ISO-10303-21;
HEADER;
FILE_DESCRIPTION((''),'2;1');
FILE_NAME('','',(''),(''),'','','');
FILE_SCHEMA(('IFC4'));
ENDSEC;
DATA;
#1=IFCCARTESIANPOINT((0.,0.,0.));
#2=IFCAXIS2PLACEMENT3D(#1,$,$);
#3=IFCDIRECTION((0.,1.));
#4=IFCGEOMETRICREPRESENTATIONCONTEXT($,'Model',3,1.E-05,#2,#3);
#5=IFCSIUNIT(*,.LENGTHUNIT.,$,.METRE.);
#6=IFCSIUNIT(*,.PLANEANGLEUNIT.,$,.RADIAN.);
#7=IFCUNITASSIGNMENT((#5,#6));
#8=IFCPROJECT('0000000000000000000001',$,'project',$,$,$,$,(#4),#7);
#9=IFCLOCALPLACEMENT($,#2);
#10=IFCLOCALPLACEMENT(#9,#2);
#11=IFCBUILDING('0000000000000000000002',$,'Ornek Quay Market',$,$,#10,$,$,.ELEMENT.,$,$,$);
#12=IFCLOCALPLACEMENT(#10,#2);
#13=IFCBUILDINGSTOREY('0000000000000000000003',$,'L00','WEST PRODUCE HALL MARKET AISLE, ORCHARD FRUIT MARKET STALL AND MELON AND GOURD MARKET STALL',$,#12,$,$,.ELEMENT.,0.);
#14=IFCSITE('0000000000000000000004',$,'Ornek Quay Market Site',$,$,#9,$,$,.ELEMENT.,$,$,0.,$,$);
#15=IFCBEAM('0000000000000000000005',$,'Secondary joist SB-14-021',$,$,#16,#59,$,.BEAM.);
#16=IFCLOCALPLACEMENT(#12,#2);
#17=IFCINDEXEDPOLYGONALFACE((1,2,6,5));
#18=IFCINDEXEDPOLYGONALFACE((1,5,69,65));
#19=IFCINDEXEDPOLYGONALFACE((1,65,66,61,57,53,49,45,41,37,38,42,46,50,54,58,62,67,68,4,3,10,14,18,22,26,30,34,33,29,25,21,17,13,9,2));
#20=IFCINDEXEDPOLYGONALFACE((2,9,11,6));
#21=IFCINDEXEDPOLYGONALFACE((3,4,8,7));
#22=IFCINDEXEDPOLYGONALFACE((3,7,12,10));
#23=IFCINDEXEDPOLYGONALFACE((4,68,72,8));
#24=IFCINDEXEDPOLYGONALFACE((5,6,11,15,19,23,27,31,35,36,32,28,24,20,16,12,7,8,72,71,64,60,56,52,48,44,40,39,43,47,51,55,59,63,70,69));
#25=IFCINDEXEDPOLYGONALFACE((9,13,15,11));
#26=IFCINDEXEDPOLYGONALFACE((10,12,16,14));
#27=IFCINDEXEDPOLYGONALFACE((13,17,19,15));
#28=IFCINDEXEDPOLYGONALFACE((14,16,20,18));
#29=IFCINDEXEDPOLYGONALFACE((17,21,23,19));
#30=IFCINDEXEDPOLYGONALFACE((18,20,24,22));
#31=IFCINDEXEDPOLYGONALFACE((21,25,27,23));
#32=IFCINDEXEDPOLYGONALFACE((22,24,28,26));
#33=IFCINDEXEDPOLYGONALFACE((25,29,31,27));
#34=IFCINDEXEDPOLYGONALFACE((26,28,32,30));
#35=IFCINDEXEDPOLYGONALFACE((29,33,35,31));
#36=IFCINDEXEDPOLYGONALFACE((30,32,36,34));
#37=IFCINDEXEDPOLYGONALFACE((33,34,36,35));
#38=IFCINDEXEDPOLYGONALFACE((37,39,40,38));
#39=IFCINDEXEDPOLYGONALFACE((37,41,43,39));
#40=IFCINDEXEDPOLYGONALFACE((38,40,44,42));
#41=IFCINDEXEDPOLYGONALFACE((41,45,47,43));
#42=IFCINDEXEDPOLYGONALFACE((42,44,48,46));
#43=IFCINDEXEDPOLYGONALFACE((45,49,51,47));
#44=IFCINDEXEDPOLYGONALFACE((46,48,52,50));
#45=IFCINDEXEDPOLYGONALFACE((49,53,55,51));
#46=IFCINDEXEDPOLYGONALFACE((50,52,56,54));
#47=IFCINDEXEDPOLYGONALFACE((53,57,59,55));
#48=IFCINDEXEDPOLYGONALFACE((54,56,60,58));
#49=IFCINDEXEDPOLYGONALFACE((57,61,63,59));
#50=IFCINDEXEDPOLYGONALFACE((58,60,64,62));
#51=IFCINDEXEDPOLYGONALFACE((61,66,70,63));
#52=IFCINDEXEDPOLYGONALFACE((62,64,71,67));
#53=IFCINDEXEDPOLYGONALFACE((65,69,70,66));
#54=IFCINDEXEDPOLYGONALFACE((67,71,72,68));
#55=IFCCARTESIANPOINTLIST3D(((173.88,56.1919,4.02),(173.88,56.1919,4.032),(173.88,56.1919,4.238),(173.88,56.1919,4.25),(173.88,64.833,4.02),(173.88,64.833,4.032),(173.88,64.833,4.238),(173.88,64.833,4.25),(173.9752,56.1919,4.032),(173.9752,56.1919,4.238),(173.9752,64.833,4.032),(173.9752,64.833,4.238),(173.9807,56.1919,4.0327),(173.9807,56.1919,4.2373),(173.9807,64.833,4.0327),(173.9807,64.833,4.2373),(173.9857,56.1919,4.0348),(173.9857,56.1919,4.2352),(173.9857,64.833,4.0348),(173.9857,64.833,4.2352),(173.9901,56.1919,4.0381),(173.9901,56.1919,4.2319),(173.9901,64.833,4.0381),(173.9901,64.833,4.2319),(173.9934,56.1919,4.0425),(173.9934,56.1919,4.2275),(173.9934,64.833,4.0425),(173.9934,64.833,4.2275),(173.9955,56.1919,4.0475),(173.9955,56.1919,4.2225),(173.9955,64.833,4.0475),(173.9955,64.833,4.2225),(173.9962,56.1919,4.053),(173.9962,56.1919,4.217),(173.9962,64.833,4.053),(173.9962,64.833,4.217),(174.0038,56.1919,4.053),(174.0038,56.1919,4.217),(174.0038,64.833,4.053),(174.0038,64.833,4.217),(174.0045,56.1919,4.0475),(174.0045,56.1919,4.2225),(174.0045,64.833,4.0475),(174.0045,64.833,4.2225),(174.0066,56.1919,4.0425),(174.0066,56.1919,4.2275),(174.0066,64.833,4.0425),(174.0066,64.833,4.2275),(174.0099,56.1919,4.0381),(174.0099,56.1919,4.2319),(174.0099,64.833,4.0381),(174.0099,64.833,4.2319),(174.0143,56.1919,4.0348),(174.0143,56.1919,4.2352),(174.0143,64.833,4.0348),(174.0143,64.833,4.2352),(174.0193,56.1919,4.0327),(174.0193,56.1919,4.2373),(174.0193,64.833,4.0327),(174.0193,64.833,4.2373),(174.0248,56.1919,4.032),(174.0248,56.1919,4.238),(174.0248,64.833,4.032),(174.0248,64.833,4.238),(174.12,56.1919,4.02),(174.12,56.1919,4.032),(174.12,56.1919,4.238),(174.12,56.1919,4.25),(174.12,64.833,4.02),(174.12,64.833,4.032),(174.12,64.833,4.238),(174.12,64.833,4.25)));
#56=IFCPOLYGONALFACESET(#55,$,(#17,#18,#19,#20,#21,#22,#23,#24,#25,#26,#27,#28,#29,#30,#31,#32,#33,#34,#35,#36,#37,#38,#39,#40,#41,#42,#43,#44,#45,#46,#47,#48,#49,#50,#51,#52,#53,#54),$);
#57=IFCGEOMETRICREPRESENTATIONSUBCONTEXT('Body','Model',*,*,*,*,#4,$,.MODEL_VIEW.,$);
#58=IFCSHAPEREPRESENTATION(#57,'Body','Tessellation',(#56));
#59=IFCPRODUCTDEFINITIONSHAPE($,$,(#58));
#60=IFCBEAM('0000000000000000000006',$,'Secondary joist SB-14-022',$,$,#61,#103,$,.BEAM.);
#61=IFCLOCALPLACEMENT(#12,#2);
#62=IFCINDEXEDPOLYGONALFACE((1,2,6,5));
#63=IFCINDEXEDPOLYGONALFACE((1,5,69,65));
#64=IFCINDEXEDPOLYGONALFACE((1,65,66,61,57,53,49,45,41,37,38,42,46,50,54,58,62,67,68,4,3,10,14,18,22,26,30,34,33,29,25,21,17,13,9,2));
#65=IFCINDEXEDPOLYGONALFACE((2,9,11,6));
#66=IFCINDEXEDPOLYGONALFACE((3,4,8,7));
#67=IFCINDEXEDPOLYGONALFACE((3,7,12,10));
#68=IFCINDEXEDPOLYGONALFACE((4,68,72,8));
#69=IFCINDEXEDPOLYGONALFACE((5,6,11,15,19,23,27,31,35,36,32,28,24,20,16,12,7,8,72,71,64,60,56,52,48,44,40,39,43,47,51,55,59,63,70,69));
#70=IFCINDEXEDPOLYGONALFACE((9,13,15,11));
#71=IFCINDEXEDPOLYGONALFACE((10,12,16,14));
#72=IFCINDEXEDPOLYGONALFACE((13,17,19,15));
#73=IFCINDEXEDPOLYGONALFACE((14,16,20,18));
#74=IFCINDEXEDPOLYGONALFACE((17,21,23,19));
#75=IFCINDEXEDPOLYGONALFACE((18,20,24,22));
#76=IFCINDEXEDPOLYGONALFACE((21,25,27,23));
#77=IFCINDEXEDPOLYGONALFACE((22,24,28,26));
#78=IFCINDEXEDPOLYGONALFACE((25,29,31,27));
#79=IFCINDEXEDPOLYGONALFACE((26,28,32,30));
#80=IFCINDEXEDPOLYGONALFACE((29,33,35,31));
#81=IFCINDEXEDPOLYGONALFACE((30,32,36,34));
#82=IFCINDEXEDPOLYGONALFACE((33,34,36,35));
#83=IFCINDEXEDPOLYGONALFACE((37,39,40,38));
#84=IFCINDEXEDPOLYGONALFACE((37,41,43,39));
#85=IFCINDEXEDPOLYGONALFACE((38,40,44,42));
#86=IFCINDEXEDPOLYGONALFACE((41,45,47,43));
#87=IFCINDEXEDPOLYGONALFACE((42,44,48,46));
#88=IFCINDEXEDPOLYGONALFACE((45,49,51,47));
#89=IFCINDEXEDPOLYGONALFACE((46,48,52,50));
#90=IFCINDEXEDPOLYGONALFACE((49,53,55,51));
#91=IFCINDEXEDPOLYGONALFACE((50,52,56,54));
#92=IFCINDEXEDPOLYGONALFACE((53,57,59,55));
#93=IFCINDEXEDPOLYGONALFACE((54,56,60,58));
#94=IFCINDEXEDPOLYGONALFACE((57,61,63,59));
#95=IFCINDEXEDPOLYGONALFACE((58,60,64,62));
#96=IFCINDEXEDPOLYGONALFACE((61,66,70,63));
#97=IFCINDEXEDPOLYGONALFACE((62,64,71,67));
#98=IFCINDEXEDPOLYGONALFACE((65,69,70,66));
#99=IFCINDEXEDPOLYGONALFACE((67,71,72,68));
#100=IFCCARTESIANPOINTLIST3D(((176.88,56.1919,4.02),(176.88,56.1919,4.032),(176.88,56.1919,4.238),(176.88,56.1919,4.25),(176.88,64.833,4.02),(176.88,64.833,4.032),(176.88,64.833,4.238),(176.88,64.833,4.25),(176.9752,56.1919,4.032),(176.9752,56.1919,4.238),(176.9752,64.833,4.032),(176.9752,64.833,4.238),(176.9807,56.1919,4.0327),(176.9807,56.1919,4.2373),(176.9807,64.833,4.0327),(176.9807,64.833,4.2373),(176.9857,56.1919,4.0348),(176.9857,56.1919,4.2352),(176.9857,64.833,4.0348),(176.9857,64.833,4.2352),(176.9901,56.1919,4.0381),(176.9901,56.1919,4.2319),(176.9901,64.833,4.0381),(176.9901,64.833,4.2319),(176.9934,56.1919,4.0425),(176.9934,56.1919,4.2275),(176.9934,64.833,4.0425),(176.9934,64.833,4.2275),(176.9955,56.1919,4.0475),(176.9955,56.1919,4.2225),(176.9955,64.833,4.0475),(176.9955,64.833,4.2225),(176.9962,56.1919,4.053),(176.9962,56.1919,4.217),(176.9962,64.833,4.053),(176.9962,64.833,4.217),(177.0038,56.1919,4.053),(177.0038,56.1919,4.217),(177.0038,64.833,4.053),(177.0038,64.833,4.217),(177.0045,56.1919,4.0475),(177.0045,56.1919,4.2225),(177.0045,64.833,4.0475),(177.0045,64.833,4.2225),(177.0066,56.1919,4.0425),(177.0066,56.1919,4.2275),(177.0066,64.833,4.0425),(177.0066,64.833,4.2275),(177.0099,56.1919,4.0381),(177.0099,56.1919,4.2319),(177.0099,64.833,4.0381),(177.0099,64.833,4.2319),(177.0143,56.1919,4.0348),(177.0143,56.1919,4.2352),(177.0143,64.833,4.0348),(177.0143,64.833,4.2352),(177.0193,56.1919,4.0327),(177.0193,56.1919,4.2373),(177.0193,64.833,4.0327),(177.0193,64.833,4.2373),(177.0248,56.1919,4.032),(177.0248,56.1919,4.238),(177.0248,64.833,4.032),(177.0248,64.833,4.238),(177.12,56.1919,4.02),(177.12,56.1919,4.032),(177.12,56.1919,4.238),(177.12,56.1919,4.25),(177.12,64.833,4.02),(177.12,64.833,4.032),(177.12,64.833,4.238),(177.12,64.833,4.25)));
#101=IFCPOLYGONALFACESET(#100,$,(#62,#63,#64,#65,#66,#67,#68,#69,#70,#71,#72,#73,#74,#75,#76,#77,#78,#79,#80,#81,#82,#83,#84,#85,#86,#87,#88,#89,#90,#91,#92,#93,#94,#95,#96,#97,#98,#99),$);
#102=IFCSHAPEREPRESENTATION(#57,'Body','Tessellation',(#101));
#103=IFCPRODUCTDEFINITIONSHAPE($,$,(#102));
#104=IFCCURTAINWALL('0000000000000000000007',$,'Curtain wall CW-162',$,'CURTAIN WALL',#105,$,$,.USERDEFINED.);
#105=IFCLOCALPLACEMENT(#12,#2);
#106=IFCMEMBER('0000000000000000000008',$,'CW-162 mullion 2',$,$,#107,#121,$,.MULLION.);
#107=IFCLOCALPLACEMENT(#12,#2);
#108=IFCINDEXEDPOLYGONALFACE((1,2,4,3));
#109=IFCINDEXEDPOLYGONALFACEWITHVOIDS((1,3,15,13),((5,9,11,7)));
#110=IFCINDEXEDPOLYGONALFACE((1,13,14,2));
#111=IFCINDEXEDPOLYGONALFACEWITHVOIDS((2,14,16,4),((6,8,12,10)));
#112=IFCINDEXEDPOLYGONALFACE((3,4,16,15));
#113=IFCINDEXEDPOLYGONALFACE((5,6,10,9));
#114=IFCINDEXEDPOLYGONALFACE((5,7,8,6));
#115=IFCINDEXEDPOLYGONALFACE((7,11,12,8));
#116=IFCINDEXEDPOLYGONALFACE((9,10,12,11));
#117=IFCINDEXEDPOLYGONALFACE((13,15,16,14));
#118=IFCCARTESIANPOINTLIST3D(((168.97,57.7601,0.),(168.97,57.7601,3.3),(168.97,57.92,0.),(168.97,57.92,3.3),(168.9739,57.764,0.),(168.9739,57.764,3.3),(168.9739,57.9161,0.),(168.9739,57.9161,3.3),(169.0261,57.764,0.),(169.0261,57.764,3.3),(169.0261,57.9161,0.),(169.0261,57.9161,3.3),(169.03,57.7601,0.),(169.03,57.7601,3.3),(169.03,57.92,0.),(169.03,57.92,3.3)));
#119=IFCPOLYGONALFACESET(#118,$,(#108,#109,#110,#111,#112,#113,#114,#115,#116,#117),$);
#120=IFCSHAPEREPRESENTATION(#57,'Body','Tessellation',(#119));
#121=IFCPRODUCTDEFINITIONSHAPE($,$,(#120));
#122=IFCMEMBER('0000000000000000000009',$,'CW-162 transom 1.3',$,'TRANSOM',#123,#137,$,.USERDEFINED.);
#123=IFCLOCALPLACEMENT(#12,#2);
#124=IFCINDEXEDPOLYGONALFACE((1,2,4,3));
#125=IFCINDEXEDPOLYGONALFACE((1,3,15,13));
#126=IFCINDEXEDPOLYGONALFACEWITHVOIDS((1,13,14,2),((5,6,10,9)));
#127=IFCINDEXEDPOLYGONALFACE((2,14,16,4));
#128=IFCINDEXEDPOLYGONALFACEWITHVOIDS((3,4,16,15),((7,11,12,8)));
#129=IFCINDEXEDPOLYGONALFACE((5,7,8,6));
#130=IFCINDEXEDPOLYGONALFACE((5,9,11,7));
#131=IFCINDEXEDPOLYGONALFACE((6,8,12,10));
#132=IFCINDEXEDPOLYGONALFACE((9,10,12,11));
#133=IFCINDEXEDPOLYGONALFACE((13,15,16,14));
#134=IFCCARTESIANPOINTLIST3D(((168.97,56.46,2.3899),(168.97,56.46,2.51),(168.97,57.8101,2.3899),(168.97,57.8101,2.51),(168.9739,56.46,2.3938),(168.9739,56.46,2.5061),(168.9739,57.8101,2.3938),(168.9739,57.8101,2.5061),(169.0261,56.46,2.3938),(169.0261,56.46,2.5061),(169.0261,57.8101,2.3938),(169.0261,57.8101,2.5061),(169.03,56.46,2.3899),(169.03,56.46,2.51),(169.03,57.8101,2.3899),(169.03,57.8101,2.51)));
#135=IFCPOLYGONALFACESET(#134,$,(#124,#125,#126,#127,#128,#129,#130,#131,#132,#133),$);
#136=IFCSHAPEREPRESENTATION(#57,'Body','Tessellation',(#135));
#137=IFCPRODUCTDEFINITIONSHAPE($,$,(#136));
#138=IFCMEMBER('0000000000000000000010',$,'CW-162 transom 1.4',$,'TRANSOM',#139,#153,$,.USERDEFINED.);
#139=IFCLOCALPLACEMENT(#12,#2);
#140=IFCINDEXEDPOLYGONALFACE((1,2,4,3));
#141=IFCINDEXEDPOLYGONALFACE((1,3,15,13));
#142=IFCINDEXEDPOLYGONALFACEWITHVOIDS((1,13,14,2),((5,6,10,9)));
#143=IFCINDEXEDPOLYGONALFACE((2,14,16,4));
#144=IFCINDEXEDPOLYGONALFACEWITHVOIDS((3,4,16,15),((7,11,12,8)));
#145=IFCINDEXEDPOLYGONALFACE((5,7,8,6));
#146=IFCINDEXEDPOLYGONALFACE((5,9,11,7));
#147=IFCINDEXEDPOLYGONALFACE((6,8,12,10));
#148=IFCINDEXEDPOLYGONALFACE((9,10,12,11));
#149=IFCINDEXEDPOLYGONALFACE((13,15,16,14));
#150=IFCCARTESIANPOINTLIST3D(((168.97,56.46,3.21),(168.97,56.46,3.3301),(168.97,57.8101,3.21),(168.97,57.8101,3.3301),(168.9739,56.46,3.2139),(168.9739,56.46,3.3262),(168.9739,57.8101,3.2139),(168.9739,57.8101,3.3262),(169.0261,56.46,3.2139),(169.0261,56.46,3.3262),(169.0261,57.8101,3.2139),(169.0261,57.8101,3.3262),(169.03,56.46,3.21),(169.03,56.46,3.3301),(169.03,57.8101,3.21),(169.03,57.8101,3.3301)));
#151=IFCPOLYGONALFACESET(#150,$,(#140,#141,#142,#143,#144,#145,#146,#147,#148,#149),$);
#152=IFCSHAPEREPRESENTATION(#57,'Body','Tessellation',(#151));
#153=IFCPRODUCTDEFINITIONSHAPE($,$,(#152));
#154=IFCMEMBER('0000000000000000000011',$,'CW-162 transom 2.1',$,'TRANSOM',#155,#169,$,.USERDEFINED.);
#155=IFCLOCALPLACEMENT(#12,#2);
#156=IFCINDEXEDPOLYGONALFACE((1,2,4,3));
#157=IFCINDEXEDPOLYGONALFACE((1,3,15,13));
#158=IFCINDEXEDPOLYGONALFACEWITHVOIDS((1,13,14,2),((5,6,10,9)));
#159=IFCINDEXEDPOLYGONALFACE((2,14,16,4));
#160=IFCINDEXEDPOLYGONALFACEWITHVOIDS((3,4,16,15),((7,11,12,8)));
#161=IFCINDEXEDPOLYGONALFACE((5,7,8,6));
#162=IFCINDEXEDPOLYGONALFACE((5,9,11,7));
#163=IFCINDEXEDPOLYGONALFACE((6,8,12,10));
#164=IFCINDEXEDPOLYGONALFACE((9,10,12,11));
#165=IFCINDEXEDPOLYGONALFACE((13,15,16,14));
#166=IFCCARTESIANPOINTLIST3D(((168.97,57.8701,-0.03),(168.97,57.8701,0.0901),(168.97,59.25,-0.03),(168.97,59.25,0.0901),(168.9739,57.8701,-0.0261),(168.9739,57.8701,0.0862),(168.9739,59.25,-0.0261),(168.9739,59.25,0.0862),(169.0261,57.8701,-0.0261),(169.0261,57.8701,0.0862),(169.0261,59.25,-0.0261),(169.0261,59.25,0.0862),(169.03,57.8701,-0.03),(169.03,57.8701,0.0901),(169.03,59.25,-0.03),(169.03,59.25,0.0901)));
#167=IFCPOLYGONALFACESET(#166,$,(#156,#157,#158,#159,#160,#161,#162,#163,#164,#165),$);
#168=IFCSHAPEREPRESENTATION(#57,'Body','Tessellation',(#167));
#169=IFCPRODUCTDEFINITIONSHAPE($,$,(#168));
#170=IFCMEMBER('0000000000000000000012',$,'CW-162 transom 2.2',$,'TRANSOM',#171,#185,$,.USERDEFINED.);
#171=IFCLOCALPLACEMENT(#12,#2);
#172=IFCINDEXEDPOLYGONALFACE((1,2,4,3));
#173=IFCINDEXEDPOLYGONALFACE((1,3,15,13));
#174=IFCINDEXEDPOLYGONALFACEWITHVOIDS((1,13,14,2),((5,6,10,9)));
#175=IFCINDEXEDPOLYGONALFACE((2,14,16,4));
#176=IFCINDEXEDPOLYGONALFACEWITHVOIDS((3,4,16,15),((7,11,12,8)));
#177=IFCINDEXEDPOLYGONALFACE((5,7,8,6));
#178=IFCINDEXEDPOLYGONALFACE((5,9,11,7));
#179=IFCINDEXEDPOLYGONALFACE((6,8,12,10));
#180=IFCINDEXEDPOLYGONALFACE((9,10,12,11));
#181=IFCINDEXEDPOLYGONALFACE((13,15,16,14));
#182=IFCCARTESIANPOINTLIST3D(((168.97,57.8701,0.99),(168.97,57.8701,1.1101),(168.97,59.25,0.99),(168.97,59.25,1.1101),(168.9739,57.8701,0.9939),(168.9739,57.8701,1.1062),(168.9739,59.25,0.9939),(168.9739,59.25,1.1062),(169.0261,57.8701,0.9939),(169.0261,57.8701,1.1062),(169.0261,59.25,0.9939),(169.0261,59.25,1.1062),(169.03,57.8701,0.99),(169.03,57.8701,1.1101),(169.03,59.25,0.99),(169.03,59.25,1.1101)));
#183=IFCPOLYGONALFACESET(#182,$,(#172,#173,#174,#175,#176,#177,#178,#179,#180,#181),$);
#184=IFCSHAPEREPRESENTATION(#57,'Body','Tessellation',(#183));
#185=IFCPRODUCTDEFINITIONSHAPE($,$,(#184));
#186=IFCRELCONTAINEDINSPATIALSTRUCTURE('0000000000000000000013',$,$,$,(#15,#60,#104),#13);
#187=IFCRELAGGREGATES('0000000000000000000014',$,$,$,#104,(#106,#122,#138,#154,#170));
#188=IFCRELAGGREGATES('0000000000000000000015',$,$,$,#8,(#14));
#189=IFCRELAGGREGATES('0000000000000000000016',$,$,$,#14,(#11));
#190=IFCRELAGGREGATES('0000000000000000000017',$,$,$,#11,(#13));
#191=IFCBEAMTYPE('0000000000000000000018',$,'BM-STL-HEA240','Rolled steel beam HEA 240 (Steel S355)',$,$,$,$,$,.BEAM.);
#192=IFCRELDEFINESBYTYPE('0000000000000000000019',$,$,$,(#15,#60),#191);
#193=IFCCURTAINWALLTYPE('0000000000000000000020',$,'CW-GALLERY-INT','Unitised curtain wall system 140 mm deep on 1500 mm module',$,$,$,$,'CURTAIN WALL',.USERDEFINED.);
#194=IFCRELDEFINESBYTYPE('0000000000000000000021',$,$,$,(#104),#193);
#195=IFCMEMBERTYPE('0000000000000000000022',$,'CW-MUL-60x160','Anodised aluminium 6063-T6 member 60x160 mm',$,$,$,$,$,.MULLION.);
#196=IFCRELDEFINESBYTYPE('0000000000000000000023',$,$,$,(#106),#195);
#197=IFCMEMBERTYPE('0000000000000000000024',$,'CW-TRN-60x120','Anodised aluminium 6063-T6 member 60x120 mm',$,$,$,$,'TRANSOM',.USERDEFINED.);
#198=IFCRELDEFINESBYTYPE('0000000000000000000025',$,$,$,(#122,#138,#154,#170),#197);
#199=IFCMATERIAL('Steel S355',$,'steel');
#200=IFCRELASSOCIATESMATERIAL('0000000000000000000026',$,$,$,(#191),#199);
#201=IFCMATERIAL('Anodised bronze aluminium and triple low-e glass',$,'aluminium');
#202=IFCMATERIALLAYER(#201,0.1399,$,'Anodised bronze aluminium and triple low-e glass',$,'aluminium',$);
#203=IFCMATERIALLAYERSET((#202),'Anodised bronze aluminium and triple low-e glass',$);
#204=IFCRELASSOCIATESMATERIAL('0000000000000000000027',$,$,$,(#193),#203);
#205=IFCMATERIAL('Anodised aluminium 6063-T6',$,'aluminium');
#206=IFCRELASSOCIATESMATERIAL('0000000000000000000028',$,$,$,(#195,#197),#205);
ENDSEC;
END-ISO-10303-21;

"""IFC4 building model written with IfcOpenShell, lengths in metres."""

from ifc_helpers import new_model, si_unit, direction, frame, origin, origin_2d, place, context, subcontext, project, spatial, hollow_rectangle, i_section, extrude, material, layer, layer_set, material_profile, profile_set, type_object, element, aggregate, save


model = new_model("IFC4")

# Units and contexts
model_context = context("Model", 3, precision=1e-05, world=origin(), true_north=direction((0.0, 1.0)))
body_context = subcontext(model_context, "Body", "Model", "MODEL_VIEW")
ifc_project = project(units=[si_unit("LENGTHUNIT", "METRE"), si_unit("PLANEANGLEUNIT", "RADIAN")], contexts=[model_context])

# Site, building, storey
site_placement = place(None, origin())
site = spatial("IfcSite", under=ifc_project, at=site_placement, Name="Ornek Quay Market Site", CompositionType="ELEMENT", RefElevation=0.0)
building_placement = place(site_placement, origin())
building = spatial("IfcBuilding", under=site, at=building_placement, Name="Ornek Quay Market", CompositionType="ELEMENT")
storey_placement = place(building_placement, origin())
storey = spatial("IfcBuildingStorey", under=building, at=storey_placement, Name="L00", Description="WEST PRODUCE HALL MARKET AISLE, ORCHARD FRUIT MARKET STALL AND MELON AND GOURD MARKET STALL", CompositionType="ELEMENT", Elevation=0.0)

# Beams
ifc_material_1 = material(Name="Steel S355", Category="steel")
ifc_material_profile_1 = material_profile(ifc_material_1, i_section(OverallWidth=0.24, OverallDepth=0.23, WebThickness=0.0076, FlangeThickness=0.012, FilletRadius=0.021, at=origin_2d()), Name="HEA 240", Category="steel")
ifc_profile_set_1 = profile_set([ifc_material_profile_1], Name="Steel S355")
beam_type_1 = type_object("IfcBeamType", Name="BM-STL-HEA240", Description="Rolled steel beam HEA 240 (Steel S355)", PredefinedType="BEAM", material=ifc_profile_set_1)
for number, where, z_axis, x_axis, name in (
    (1, (174.0, 56.1919, 4.135), (0.0, 1.0, 0.0), (-1.0, 0.0, 0.0), "Secondary joist SB-14-021"),
    (2, (177.0, 56.1919, 4.135), (0.0, 1.0, 0.0), (-1.0, 0.0, 0.0), "Secondary joist SB-14-022"),
):
    element("IfcBeam", number, at=place(storey_placement, frame(where, z_axis=z_axis, x_axis=x_axis)), inside=storey, type_object=beam_type_1, Name=name, PredefinedType="BEAM", context=body_context, shape_type="SweptSolid", body=[
        extrude(i_section(OverallWidth=0.24, OverallDepth=0.23, WebThickness=0.0076, FlangeThickness=0.012, FilletRadius=0.021, at=origin_2d()), origin(), (0.0, 0.0, 1.0), 8.6411),
    ])

# Curtain wall, members
ifc_material_2 = material(Name="Anodised bronze aluminium and triple low-e glass", Category="aluminium")
ifc_layer_1 = layer(ifc_material_2, 0.1399, Name="Anodised bronze aluminium and triple low-e glass", Category="aluminium")
ifc_layer_set_1 = layer_set([ifc_layer_1], Name="Anodised bronze aluminium and triple low-e glass")
curtain_wall_type = type_object("IfcCurtainWallType", Name="CW-GALLERY-INT", Description="Unitised curtain wall system 140 mm deep on 1500 mm module", ElementType="CURTAIN WALL", PredefinedType="USERDEFINED", material=ifc_layer_set_1)
curtain_wall_placement = place(storey_placement, origin())
curtain_wall = element("IfcCurtainWall", 3, at=curtain_wall_placement, inside=storey, type_object=curtain_wall_type, Name="Curtain wall CW-162", ObjectType="CURTAIN WALL", PredefinedType="USERDEFINED")
ifc_material_3 = material(Name="Anodised aluminium 6063-T6", Category="aluminium")
ifc_material_profile_2 = material_profile(ifc_material_3, hollow_rectangle(XDim=0.0601, YDim=0.1599, WallThickness=0.0039, at=origin_2d()), Name="CW-MUL-60x160", Category="aluminium")
ifc_profile_set_2 = profile_set([ifc_material_profile_2], Name="Anodised aluminium 6063-T6")
member_type_1 = type_object("IfcMemberType", Name="CW-MUL-60x160", Description="Anodised aluminium 6063-T6 member 60x160 mm", PredefinedType="MULLION", material=ifc_profile_set_2)
member_1_placement = place(storey_placement, frame((169.0, 57.8401, 0.0), z_axis=(0.0, 0.0, 1.0), x_axis=(-1.0, 0.0, 0.0)))
member_1 = element("IfcMember", 4, at=member_1_placement, type_object=member_type_1, Name="CW-162 mullion 2", PredefinedType="MULLION", context=body_context, shape_type="SweptSolid", body=[
    extrude(hollow_rectangle(XDim=0.0601, YDim=0.1599, WallThickness=0.0039, at=origin_2d()), origin(), (0.0, 0.0, 1.0), 3.3),
])
ifc_material_profile_3 = material_profile(ifc_material_3, hollow_rectangle(XDim=0.0601, YDim=0.1201, WallThickness=0.0039, at=origin_2d()), Name="CW-TRN-60x120", Category="aluminium")
ifc_profile_set_3 = profile_set([ifc_material_profile_3], Name="Anodised aluminium 6063-T6")
member_type_2 = type_object("IfcMemberType", Name="CW-TRN-60x120", Description="Anodised aluminium 6063-T6 member 60x120 mm", ElementType="TRANSOM", PredefinedType="USERDEFINED", material=ifc_profile_set_3)
member_2_placement = place(storey_placement, frame((169.0, 56.46, 2.45), z_axis=(0.0, 1.0, 0.0), x_axis=(-1.0, 0.0, 0.0)))
member_2 = element("IfcMember", 5, at=member_2_placement, type_object=member_type_2, Name="CW-162 transom 1.3", ObjectType="TRANSOM", PredefinedType="USERDEFINED", context=body_context, shape_type="SweptSolid", body=[
    extrude(hollow_rectangle(XDim=0.0601, YDim=0.1201, WallThickness=0.0039, at=origin_2d()), origin(), (0.0, 0.0, 1.0), 1.3501),
])
member_3_placement = place(storey_placement, frame((169.0, 56.46, 3.27), z_axis=(0.0, 1.0, 0.0), x_axis=(-1.0, 0.0, 0.0)))
member_3 = element("IfcMember", 6, at=member_3_placement, type_object=member_type_2, Name="CW-162 transom 1.4", ObjectType="TRANSOM", PredefinedType="USERDEFINED", context=body_context, shape_type="SweptSolid", body=[
    extrude(hollow_rectangle(XDim=0.0601, YDim=0.1201, WallThickness=0.0039, at=origin_2d()), origin(), (0.0, 0.0, 1.0), 1.3501),
])
member_4_placement = place(storey_placement, frame((169.0, 57.8701, 0.03), z_axis=(0.0, 1.0, 0.0), x_axis=(-1.0, 0.0, 0.0)))
member_4 = element("IfcMember", 7, at=member_4_placement, type_object=member_type_2, Name="CW-162 transom 2.1", ObjectType="TRANSOM", PredefinedType="USERDEFINED", context=body_context, shape_type="SweptSolid", body=[
    extrude(hollow_rectangle(XDim=0.0601, YDim=0.1201, WallThickness=0.0039, at=origin_2d()), origin(), (0.0, 0.0, 1.0), 1.3799),
])
member_5_placement = place(storey_placement, frame((169.0, 57.8701, 1.05), z_axis=(0.0, 1.0, 0.0), x_axis=(-1.0, 0.0, 0.0)))
member_5 = element("IfcMember", 8, at=member_5_placement, type_object=member_type_2, Name="CW-162 transom 2.2", ObjectType="TRANSOM", PredefinedType="USERDEFINED", context=body_context, shape_type="SweptSolid", body=[
    extrude(hollow_rectangle(XDim=0.0601, YDim=0.1201, WallThickness=0.0039, at=origin_2d()), origin(), (0.0, 0.0, 1.0), 1.3799),
])
aggregate(curtain_wall, [member_1, member_2, member_3, member_4, member_5])

save(model, "model.ifc")
